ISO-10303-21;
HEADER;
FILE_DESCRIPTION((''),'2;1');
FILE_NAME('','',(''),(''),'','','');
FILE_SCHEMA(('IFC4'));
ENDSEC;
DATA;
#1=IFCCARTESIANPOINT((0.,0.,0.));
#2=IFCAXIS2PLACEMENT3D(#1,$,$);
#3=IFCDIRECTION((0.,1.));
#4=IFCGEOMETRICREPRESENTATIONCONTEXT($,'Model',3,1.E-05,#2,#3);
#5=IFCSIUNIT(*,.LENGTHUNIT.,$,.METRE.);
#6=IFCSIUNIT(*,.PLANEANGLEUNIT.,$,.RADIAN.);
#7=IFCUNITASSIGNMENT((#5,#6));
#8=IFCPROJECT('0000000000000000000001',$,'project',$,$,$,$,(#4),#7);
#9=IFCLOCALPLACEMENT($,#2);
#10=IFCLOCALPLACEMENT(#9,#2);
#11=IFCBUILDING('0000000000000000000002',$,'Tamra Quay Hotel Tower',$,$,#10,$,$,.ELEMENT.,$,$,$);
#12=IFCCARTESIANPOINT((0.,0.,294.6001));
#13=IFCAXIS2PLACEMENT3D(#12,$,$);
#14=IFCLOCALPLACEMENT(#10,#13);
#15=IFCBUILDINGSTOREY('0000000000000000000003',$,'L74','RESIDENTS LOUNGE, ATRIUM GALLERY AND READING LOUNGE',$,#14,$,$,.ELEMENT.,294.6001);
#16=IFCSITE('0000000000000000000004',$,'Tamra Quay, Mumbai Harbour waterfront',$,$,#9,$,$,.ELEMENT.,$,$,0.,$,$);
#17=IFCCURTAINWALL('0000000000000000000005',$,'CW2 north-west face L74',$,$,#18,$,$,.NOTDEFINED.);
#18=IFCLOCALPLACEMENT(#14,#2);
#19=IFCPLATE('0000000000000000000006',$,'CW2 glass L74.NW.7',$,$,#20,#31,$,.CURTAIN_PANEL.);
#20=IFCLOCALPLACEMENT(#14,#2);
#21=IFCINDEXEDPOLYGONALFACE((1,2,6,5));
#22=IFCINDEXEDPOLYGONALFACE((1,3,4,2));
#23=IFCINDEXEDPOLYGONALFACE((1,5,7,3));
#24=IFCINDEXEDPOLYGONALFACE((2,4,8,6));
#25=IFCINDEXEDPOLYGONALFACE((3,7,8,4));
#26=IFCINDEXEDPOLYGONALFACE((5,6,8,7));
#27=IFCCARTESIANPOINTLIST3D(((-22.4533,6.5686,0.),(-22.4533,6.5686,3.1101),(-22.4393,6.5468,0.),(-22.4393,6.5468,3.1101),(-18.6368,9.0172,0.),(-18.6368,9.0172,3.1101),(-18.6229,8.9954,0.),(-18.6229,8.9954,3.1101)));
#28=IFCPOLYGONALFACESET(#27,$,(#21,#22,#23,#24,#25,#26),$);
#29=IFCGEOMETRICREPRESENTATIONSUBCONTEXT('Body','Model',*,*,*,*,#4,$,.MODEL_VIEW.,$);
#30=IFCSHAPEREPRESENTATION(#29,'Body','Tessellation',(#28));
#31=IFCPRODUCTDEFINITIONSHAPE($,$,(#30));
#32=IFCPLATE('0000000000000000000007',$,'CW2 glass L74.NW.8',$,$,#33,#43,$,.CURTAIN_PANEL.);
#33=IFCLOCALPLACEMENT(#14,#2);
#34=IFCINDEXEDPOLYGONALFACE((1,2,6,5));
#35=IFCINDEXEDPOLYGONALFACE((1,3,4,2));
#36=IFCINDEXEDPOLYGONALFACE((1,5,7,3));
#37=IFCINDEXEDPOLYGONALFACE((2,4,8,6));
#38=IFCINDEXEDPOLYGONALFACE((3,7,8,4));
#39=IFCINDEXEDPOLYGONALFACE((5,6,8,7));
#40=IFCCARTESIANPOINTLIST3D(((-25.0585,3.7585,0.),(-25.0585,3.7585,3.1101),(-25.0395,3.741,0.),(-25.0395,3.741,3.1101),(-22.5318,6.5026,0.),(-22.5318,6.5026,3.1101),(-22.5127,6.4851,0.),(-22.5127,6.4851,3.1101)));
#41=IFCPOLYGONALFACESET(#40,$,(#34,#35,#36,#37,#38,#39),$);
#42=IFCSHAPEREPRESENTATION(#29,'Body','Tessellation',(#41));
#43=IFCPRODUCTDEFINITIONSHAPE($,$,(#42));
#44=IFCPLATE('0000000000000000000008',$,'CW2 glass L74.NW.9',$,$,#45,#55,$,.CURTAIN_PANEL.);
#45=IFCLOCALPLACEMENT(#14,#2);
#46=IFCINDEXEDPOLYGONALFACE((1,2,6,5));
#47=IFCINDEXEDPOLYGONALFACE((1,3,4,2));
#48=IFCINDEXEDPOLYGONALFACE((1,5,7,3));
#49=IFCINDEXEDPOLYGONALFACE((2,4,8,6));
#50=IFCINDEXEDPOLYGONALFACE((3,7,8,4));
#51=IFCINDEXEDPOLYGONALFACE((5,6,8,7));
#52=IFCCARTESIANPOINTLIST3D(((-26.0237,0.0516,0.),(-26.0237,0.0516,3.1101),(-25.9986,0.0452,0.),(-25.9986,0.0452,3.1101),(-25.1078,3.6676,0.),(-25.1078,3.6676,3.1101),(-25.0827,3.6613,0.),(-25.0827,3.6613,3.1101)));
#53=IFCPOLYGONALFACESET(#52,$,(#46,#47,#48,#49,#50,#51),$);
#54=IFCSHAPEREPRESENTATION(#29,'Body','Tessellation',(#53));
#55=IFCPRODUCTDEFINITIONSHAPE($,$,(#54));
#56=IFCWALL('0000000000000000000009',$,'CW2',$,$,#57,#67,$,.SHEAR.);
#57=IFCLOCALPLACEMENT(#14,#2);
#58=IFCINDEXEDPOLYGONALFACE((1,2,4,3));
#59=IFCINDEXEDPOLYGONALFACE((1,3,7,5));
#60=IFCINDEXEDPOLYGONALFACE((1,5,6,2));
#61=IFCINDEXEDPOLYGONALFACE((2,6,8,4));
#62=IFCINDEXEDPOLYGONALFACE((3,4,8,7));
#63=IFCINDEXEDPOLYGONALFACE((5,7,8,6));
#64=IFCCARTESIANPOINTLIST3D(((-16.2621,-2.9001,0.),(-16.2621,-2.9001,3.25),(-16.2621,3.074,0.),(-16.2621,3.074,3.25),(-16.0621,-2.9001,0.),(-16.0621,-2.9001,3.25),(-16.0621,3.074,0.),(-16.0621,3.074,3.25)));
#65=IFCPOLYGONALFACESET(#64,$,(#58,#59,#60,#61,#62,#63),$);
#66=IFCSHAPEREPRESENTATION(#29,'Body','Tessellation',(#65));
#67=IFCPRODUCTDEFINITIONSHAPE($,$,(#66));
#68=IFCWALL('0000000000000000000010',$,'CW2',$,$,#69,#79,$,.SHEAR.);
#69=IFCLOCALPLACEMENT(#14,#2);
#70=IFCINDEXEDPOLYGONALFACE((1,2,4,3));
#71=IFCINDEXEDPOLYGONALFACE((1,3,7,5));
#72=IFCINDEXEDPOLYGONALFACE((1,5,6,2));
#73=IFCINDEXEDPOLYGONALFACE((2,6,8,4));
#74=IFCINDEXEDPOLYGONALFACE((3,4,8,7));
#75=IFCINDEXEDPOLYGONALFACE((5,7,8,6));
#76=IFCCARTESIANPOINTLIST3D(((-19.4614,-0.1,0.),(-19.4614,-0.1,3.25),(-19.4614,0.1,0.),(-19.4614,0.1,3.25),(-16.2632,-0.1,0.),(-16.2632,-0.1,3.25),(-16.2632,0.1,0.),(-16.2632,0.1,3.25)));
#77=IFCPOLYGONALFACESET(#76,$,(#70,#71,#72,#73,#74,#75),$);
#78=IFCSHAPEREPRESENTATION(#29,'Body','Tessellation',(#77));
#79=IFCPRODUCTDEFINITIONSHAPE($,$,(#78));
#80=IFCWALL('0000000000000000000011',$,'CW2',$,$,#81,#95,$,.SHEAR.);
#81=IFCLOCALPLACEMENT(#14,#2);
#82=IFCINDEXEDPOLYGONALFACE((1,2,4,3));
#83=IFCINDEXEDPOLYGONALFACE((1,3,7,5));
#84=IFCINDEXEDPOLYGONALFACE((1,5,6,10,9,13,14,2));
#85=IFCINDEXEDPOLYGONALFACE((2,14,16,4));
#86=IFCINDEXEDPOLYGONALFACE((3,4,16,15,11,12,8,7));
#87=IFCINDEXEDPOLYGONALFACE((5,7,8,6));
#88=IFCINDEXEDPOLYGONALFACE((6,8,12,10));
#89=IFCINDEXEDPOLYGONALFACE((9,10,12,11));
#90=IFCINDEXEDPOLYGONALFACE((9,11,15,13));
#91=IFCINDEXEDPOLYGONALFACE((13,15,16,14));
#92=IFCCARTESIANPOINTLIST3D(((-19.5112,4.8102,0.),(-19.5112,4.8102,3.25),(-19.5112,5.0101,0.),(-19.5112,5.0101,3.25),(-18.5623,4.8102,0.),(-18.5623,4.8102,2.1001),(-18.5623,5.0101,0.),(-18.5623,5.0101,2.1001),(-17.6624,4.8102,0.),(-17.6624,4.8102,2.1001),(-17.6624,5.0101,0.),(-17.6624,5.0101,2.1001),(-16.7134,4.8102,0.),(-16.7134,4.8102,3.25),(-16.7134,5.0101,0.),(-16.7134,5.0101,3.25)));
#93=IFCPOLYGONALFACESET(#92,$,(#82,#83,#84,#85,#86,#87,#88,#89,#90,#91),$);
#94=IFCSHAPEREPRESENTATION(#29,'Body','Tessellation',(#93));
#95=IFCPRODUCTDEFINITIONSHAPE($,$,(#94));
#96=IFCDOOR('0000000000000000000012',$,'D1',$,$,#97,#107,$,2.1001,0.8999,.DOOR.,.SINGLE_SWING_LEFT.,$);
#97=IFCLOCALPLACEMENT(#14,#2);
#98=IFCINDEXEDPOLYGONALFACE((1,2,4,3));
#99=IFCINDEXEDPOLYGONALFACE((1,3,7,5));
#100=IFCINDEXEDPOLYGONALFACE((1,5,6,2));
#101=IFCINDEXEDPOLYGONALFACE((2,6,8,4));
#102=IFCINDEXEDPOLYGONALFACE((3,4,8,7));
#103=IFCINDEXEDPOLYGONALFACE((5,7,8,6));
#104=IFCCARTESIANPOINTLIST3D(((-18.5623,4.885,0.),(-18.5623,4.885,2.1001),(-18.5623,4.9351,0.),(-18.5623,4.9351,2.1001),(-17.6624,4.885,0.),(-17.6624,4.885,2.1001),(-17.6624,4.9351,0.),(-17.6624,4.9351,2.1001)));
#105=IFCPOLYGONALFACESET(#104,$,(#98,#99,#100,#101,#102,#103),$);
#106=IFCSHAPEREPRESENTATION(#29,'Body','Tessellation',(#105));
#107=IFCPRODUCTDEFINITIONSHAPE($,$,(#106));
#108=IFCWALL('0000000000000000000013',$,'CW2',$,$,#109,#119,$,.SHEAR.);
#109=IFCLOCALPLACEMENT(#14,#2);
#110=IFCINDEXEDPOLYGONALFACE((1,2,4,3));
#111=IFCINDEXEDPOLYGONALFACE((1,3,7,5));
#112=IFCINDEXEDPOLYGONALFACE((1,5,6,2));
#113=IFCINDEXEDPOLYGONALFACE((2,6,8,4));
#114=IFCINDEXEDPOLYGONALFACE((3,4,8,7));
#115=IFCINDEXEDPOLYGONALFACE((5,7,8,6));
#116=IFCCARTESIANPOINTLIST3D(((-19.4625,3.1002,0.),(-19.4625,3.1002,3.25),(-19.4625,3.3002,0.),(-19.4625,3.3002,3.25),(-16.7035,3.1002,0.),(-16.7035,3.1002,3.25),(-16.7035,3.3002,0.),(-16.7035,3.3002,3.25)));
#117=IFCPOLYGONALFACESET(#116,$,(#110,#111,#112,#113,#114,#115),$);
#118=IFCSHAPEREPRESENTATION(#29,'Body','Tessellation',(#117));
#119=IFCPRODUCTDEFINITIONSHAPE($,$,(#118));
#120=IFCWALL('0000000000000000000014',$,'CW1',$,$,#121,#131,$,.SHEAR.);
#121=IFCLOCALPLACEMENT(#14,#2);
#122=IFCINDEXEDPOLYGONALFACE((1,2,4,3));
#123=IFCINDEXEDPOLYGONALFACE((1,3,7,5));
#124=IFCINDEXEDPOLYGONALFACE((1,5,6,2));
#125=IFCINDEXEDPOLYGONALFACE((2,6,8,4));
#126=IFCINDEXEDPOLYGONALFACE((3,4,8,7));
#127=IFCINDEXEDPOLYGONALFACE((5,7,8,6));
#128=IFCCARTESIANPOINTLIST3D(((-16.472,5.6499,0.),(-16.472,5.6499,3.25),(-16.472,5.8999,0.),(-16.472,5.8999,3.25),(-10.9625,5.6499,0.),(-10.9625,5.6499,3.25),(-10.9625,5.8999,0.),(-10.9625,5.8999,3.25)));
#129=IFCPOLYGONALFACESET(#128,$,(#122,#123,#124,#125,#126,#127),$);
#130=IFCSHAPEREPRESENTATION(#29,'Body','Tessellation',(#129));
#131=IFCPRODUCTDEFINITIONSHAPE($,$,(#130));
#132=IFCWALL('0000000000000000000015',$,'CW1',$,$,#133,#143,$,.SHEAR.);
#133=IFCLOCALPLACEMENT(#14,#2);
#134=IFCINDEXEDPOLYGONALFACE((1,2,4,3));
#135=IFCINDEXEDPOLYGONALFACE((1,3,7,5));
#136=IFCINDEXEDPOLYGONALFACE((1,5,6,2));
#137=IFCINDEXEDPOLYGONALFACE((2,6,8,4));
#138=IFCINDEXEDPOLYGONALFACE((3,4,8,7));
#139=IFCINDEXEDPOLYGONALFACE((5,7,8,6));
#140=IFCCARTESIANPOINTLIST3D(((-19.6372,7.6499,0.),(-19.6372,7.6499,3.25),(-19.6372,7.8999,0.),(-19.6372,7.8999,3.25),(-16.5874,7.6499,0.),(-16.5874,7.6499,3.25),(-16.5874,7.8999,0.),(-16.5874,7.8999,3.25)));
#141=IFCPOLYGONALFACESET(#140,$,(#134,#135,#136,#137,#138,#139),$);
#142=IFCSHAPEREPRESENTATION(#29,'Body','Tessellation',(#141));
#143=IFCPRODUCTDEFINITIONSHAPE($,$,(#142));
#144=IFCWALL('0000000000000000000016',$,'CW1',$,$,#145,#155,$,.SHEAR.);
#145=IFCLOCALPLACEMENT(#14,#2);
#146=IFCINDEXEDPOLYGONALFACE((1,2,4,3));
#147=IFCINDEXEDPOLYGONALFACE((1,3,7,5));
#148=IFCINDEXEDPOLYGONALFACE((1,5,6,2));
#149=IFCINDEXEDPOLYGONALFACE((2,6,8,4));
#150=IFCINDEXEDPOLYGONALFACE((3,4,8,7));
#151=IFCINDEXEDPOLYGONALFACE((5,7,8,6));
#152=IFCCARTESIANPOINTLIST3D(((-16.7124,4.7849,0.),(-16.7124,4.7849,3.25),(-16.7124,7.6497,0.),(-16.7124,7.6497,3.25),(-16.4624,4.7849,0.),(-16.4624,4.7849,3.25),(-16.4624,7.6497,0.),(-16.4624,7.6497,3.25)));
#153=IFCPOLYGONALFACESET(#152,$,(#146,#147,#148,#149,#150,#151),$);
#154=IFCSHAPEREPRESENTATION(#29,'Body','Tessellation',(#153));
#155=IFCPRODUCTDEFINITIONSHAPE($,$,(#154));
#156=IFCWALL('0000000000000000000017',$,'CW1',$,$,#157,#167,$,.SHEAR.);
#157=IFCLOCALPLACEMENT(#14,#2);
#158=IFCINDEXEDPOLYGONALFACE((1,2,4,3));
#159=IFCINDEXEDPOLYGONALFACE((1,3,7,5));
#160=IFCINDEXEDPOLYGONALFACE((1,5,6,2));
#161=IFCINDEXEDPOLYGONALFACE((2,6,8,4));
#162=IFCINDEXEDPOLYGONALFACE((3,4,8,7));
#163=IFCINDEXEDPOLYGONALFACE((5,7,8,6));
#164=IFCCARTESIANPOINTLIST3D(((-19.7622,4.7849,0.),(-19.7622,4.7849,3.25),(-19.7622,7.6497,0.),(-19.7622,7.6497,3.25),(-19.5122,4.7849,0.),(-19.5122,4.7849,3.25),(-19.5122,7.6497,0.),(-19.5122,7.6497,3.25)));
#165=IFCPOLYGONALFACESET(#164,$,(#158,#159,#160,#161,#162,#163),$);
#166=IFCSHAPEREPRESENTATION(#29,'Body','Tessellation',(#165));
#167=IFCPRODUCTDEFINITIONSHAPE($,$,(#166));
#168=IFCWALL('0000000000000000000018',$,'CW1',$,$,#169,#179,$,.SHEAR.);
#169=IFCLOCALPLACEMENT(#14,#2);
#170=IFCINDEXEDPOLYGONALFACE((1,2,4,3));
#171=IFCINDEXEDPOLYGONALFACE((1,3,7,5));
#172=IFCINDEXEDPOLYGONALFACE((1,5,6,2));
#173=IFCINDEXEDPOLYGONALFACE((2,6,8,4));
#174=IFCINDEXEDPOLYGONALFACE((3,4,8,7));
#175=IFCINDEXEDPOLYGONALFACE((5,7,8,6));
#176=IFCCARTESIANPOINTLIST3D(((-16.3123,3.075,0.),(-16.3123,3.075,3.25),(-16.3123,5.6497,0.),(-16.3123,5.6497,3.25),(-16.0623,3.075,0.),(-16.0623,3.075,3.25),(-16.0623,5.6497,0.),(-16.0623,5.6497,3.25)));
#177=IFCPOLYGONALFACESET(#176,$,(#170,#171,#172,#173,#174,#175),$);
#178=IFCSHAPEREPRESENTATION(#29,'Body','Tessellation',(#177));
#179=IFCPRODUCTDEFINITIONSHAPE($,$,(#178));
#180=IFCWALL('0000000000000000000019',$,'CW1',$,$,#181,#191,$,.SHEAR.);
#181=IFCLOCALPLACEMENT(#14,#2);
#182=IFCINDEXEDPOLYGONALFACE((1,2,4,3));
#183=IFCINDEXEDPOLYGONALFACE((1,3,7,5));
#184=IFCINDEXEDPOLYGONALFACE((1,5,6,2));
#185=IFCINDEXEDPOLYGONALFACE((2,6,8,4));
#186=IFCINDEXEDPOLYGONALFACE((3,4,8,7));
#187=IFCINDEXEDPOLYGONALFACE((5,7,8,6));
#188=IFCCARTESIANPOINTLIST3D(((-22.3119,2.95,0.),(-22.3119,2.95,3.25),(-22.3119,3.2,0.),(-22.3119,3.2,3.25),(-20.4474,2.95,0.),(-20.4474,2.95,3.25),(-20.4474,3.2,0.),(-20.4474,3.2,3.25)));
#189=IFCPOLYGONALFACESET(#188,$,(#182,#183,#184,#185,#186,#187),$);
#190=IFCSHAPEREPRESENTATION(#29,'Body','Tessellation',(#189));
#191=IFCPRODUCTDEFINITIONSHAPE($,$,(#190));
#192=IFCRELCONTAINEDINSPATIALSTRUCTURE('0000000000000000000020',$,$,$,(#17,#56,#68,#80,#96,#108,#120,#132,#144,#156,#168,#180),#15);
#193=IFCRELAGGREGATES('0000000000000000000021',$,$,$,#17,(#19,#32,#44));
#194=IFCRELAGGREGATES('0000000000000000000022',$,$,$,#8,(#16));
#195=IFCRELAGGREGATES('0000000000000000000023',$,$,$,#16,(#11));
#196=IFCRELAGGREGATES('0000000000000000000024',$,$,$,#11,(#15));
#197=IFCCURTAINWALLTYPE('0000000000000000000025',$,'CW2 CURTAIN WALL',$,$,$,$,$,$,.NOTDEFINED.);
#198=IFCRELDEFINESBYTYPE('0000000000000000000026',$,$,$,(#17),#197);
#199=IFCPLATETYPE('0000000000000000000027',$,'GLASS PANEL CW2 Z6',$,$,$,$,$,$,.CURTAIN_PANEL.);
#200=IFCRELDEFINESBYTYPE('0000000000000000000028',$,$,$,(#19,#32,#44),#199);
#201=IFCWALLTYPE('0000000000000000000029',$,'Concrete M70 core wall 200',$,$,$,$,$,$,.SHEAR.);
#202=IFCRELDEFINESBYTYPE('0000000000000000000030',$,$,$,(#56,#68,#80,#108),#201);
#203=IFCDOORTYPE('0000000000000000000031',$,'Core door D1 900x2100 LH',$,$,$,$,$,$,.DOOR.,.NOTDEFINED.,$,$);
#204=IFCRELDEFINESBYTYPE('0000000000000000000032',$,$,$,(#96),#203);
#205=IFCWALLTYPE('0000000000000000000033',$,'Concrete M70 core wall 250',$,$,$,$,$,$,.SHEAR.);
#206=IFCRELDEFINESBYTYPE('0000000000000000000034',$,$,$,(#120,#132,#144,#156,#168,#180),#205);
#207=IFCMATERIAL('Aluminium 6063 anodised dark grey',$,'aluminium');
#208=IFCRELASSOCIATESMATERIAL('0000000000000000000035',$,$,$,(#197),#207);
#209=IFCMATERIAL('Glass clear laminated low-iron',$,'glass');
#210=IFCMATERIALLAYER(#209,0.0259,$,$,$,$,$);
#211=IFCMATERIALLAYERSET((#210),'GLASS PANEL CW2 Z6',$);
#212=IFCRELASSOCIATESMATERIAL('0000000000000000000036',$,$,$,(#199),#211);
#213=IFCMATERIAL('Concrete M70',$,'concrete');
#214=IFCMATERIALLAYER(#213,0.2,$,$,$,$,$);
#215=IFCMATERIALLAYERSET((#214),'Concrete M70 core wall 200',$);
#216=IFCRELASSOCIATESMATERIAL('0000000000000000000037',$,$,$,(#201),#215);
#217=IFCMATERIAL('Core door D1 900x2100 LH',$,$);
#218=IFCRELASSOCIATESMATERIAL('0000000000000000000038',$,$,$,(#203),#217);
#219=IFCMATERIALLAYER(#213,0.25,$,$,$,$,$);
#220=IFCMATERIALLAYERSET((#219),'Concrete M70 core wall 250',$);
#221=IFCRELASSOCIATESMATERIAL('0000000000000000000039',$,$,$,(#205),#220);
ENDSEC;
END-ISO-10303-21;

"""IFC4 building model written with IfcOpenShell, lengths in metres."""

from ifc_helpers import new_model, si_unit, direction, frame, frame_2d, origin, origin_2d, place, context, subcontext, project, spatial, rectangle, extrude, material, layer, layer_set, type_object, element, fill, aggregate, save


model = new_model("IFC4")

# Units and contexts
model_context = context("Model", 3, precision=1e-05, world=origin(), true_north=direction((0.0, 1.0)))
body_context = subcontext(model_context, "Body", "Model", "MODEL_VIEW")
ifc_project = project(units=[si_unit("LENGTHUNIT", "METRE"), si_unit("PLANEANGLEUNIT", "RADIAN")], contexts=[model_context])

# Site, building, storey
site_placement = place(None, origin())
site = spatial("IfcSite", under=ifc_project, at=site_placement, Name="Tamra Quay, Mumbai Harbour waterfront", CompositionType="ELEMENT", RefElevation=0.0)
building_placement = place(site_placement, origin())
building = spatial("IfcBuilding", under=site, at=building_placement, Name="Tamra Quay Hotel Tower", CompositionType="ELEMENT")
storey_placement = place(building_placement, frame((0.0, 0.0, 294.6001)))
storey = spatial("IfcBuildingStorey", under=building, at=storey_placement, Name="L74", Description="RESIDENTS LOUNGE, ATRIUM GALLERY AND READING LOUNGE", CompositionType="ELEMENT", Elevation=294.6001)

# Shared definitions
ifc_material_1 = material(Name="Concrete M70", Category="concrete")

# Curtain wall
ifc_material_2 = material(Name="Aluminium 6063 anodised dark grey", Category="aluminium")
curtain_wall_type = type_object("IfcCurtainWallType", Name="CW2 CURTAIN WALL", PredefinedType="NOTDEFINED", material=ifc_material_2)
curtain_wall_placement = place(storey_placement, origin())
curtain_wall = element("IfcCurtainWall", 1, at=curtain_wall_placement, inside=storey, type_object=curtain_wall_type, Name="CW2 north-west face L74", PredefinedType="NOTDEFINED")

# Plates
ifc_material_3 = material(Name="Glass clear laminated low-iron", Category="glass")
ifc_layer_1 = layer(ifc_material_3, 0.0259)
ifc_layer_set_1 = layer_set([ifc_layer_1], Name="GLASS PANEL CW2 Z6")
plate_type = type_object("IfcPlateType", Name="GLASS PANEL CW2 Z6", PredefinedType="CURTAIN_PANEL", material=ifc_layer_set_1)
plate_1_placement = place(storey_placement, frame((-20.5381, 7.782, 0.0), z_axis=(0.0, 0.0, 1.0), x_axis=(-0.841665, -0.54, 0.0)))
plate_1 = element("IfcPlate", 2, at=plate_1_placement, type_object=plate_type, Name="CW2 glass L74.NW.7", PredefinedType="CURTAIN_PANEL", context=body_context, shape_type="SweptSolid", body=[
    extrude(rectangle(XDim=4.5344, YDim=0.0259, at=origin_2d()), origin(), (0.0, 0.0, 1.0), 3.1101),
])
plate_2_placement = place(storey_placement, frame((-23.7856, 5.1218, 0.0), z_axis=(0.0, 0.0, 1.0), x_axis=(-0.677376, -0.735637, 0.0)))
plate_2 = element("IfcPlate", 3, at=plate_2_placement, type_object=plate_type, Name="CW2 glass L74.NW.8", PredefinedType="CURTAIN_PANEL", context=body_context, shape_type="SweptSolid", body=[
    extrude(rectangle(XDim=3.7302, YDim=0.0259, at=origin_2d()), origin(), (0.0, 0.0, 1.0), 3.1101),
])
plate_3_placement = place(storey_placement, frame((-25.5532, 1.8564, 0.0), z_axis=(0.0, 0.0, 1.0), x_axis=(-0.245527, -0.96939, 0.0)))
plate_3 = element("IfcPlate", 4, at=plate_3_placement, type_object=plate_type, Name="CW2 glass L74.NW.9", PredefinedType="CURTAIN_PANEL", context=body_context, shape_type="SweptSolid", body=[
    extrude(rectangle(XDim=3.7302, YDim=0.0259, at=origin_2d()), origin(), (0.0, 0.0, 1.0), 3.1101),
])
aggregate(curtain_wall, [plate_1, plate_2, plate_3])

# Walls
ifc_layer_2 = layer(ifc_material_1, 0.2)
ifc_layer_set_2 = layer_set([ifc_layer_2], Name="Concrete M70 core wall 200")
wall_type_1 = type_object("IfcWallType", Name="Concrete M70 core wall 200", PredefinedType="SHEAR", material=ifc_layer_set_2)
wall_1_placement = place(storey_placement, frame((-16.1621, 3.074, 0.0), z_axis=(0.0, 0.0, 1.0), x_axis=(0.0, -1.0, 0.0)))
element("IfcWall", 5, at=wall_1_placement, inside=storey, type_object=wall_type_1, Name="CW2", PredefinedType="SHEAR", context=body_context, shape_type="SweptSolid", body=[
    extrude(rectangle(XDim=5.9741, YDim=0.2, at=frame_2d((2.9871, 0.0))), origin(), (0.0, 0.0, 1.0), 3.25),
])
wall_2_placement = place(storey_placement, frame((-16.2632, 0.0, 0.0), z_axis=(0.0, 0.0, 1.0), x_axis=(-1.0, 0.0, 0.0)))
element("IfcWall", 6, at=wall_2_placement, inside=storey, type_object=wall_type_1, Name="CW2", PredefinedType="SHEAR", context=body_context, shape_type="SweptSolid", body=[
    extrude(rectangle(XDim=3.1982, YDim=0.2, at=frame_2d((1.5991, 0.0))), origin(), (0.0, 0.0, 1.0), 3.25),
])

# Wall, opening, door
wall_3_placement = place(storey_placement, frame((-19.5112, 4.9102, 0.0), z_axis=(0.0, 0.0, 1.0), x_axis=(1.0, 0.0, 0.0)))
wall_3 = element("IfcWall", 7, at=wall_3_placement, inside=storey, type_object=wall_type_1, Name="CW2", PredefinedType="SHEAR", context=body_context, shape_type="SweptSolid", body=[
    extrude(rectangle(XDim=2.7979, YDim=0.2, at=frame_2d((1.3989, 0.0))), origin(), (0.0, 0.0, 1.0), 3.25),
])
opening_placement = place(wall_3_placement, frame((0.949, 0.0, 0.0)))
opening = element("IfcOpeningElement", 8, at=opening_placement, cuts=wall_3, PredefinedType="OPENING", context=body_context, shape_type="SweptSolid", body=[
    extrude(rectangle(XDim=0.8999, YDim=2.1001, at=frame_2d((0.45, 1.05))), frame((0.0, 0.1099, 0.0), z_axis=(0.0, -1.0, 0.0), x_axis=(1.0, 0.0, 0.0)), (0.0, 0.0, 1.0), 0.22),
])
ifc_material_4 = material(Name="Core door D1 900x2100 LH")
door_type = type_object("IfcDoorType", Name="Core door D1 900x2100 LH", OperationType="NOTDEFINED", PredefinedType="DOOR", material=ifc_material_4)
door_placement = place(opening_placement, origin())
door = element("IfcDoor", 9, at=door_placement, inside=storey, type_object=door_type, Name="D1", OperationType="SINGLE_SWING_LEFT", OverallHeight=2.1001, OverallWidth=0.8999, PredefinedType="DOOR", context=body_context, shape_type="SweptSolid", body=[
    extrude(rectangle(XDim=0.8999, YDim=2.1001, at=frame_2d((0.45, 1.05))), frame((0.0, 0.0249, 0.0), z_axis=(0.0, -1.0, 0.0), x_axis=(1.0, 0.0, 0.0)), (0.0, 0.0, 1.0), 0.05),
])
fill(opening, door)

# Walls
wall_4_placement = place(storey_placement, frame((-19.4624, 3.2002, 0.0), z_axis=(0.0, 0.0, 1.0), x_axis=(1.0, 0.0, 0.0)))
element("IfcWall", 10, at=wall_4_placement, inside=storey, type_object=wall_type_1, Name="CW2", PredefinedType="SHEAR", context=body_context, shape_type="SweptSolid", body=[
    extrude(rectangle(XDim=2.759, YDim=0.2, at=frame_2d((1.3794, 0.0))), origin(), (0.0, 0.0, 1.0), 3.25),
])
ifc_layer_3 = layer(ifc_material_1, 0.25)
ifc_layer_set_3 = layer_set([ifc_layer_3], Name="Concrete M70 core wall 250")
wall_type_2 = type_object("IfcWallType", Name="Concrete M70 core wall 250", PredefinedType="SHEAR", material=ifc_layer_set_3)
wall_5_placement = place(storey_placement, frame((-16.4722, 5.7749, 0.0), z_axis=(0.0, 0.0, 1.0), x_axis=(1.0, 0.0, 0.0)))
element("IfcWall", 11, at=wall_5_placement, inside=storey, type_object=wall_type_2, Name="CW1", PredefinedType="SHEAR", context=body_context, shape_type="SweptSolid", body=[
    extrude(rectangle(XDim=5.5095, YDim=0.25, at=frame_2d((2.7549, 0.0))), origin(), (0.0, 0.0, 1.0), 3.25),
])
wall_6_placement = place(storey_placement, frame((-19.6372, 7.7749, 0.0), z_axis=(0.0, 0.0, 1.0), x_axis=(1.0, 0.0, 0.0)))
element("IfcWall", 12, at=wall_6_placement, inside=storey, type_object=wall_type_2, Name="CW1", PredefinedType="SHEAR", context=body_context, shape_type="SweptSolid", body=[
    extrude(rectangle(XDim=3.0498, YDim=0.25, at=frame_2d((1.5249, 0.0))), origin(), (0.0, 0.0, 1.0), 3.25),
])
for number, where, z_axis, x_axis, name in (
    (13, (-16.5874, 7.6497, 0.0), (0.0, 0.0, 1.0), (0.0, -1.0, 0.0), "CW1"),
    (14, (-19.6372, 4.7849, 0.0), (0.0, 0.0, 1.0), (0.0, 1.0, 0.0), "CW1"),
):
    element("IfcWall", number, at=place(storey_placement, frame(where, z_axis=z_axis, x_axis=x_axis)), inside=storey, type_object=wall_type_2, Name=name, PredefinedType="SHEAR", context=body_context, shape_type="SweptSolid", body=[
        extrude(rectangle(XDim=2.8647, YDim=0.25, at=frame_2d((1.4324, 0.0))), origin(), (0.0, 0.0, 1.0), 3.25),
    ])
wall_7_placement = place(storey_placement, frame((-16.1873, 3.075, 0.0), z_axis=(0.0, 0.0, 1.0), x_axis=(0.0, 1.0, 0.0)))
element("IfcWall", 15, at=wall_7_placement, inside=storey, type_object=wall_type_2, Name="CW1", PredefinedType="SHEAR", context=body_context, shape_type="SweptSolid", body=[
    extrude(rectangle(XDim=2.5747, YDim=0.25, at=frame_2d((1.2874, 0.0))), origin(), (0.0, 0.0, 1.0), 3.25),
])
wall_8_placement = place(storey_placement, frame((-22.3118, 3.075, 0.0), z_axis=(0.0, 0.0, 1.0), x_axis=(1.0, 0.0, 0.0)))
element("IfcWall", 16, at=wall_8_placement, inside=storey, type_object=wall_type_2, Name="CW1", PredefinedType="SHEAR", context=body_context, shape_type="SweptSolid", body=[
    extrude(rectangle(XDim=1.8645, YDim=0.25, at=frame_2d((0.9321, 0.0))), origin(), (0.0, 0.0, 1.0), 3.25),
])

save(model, "model.ifc")
